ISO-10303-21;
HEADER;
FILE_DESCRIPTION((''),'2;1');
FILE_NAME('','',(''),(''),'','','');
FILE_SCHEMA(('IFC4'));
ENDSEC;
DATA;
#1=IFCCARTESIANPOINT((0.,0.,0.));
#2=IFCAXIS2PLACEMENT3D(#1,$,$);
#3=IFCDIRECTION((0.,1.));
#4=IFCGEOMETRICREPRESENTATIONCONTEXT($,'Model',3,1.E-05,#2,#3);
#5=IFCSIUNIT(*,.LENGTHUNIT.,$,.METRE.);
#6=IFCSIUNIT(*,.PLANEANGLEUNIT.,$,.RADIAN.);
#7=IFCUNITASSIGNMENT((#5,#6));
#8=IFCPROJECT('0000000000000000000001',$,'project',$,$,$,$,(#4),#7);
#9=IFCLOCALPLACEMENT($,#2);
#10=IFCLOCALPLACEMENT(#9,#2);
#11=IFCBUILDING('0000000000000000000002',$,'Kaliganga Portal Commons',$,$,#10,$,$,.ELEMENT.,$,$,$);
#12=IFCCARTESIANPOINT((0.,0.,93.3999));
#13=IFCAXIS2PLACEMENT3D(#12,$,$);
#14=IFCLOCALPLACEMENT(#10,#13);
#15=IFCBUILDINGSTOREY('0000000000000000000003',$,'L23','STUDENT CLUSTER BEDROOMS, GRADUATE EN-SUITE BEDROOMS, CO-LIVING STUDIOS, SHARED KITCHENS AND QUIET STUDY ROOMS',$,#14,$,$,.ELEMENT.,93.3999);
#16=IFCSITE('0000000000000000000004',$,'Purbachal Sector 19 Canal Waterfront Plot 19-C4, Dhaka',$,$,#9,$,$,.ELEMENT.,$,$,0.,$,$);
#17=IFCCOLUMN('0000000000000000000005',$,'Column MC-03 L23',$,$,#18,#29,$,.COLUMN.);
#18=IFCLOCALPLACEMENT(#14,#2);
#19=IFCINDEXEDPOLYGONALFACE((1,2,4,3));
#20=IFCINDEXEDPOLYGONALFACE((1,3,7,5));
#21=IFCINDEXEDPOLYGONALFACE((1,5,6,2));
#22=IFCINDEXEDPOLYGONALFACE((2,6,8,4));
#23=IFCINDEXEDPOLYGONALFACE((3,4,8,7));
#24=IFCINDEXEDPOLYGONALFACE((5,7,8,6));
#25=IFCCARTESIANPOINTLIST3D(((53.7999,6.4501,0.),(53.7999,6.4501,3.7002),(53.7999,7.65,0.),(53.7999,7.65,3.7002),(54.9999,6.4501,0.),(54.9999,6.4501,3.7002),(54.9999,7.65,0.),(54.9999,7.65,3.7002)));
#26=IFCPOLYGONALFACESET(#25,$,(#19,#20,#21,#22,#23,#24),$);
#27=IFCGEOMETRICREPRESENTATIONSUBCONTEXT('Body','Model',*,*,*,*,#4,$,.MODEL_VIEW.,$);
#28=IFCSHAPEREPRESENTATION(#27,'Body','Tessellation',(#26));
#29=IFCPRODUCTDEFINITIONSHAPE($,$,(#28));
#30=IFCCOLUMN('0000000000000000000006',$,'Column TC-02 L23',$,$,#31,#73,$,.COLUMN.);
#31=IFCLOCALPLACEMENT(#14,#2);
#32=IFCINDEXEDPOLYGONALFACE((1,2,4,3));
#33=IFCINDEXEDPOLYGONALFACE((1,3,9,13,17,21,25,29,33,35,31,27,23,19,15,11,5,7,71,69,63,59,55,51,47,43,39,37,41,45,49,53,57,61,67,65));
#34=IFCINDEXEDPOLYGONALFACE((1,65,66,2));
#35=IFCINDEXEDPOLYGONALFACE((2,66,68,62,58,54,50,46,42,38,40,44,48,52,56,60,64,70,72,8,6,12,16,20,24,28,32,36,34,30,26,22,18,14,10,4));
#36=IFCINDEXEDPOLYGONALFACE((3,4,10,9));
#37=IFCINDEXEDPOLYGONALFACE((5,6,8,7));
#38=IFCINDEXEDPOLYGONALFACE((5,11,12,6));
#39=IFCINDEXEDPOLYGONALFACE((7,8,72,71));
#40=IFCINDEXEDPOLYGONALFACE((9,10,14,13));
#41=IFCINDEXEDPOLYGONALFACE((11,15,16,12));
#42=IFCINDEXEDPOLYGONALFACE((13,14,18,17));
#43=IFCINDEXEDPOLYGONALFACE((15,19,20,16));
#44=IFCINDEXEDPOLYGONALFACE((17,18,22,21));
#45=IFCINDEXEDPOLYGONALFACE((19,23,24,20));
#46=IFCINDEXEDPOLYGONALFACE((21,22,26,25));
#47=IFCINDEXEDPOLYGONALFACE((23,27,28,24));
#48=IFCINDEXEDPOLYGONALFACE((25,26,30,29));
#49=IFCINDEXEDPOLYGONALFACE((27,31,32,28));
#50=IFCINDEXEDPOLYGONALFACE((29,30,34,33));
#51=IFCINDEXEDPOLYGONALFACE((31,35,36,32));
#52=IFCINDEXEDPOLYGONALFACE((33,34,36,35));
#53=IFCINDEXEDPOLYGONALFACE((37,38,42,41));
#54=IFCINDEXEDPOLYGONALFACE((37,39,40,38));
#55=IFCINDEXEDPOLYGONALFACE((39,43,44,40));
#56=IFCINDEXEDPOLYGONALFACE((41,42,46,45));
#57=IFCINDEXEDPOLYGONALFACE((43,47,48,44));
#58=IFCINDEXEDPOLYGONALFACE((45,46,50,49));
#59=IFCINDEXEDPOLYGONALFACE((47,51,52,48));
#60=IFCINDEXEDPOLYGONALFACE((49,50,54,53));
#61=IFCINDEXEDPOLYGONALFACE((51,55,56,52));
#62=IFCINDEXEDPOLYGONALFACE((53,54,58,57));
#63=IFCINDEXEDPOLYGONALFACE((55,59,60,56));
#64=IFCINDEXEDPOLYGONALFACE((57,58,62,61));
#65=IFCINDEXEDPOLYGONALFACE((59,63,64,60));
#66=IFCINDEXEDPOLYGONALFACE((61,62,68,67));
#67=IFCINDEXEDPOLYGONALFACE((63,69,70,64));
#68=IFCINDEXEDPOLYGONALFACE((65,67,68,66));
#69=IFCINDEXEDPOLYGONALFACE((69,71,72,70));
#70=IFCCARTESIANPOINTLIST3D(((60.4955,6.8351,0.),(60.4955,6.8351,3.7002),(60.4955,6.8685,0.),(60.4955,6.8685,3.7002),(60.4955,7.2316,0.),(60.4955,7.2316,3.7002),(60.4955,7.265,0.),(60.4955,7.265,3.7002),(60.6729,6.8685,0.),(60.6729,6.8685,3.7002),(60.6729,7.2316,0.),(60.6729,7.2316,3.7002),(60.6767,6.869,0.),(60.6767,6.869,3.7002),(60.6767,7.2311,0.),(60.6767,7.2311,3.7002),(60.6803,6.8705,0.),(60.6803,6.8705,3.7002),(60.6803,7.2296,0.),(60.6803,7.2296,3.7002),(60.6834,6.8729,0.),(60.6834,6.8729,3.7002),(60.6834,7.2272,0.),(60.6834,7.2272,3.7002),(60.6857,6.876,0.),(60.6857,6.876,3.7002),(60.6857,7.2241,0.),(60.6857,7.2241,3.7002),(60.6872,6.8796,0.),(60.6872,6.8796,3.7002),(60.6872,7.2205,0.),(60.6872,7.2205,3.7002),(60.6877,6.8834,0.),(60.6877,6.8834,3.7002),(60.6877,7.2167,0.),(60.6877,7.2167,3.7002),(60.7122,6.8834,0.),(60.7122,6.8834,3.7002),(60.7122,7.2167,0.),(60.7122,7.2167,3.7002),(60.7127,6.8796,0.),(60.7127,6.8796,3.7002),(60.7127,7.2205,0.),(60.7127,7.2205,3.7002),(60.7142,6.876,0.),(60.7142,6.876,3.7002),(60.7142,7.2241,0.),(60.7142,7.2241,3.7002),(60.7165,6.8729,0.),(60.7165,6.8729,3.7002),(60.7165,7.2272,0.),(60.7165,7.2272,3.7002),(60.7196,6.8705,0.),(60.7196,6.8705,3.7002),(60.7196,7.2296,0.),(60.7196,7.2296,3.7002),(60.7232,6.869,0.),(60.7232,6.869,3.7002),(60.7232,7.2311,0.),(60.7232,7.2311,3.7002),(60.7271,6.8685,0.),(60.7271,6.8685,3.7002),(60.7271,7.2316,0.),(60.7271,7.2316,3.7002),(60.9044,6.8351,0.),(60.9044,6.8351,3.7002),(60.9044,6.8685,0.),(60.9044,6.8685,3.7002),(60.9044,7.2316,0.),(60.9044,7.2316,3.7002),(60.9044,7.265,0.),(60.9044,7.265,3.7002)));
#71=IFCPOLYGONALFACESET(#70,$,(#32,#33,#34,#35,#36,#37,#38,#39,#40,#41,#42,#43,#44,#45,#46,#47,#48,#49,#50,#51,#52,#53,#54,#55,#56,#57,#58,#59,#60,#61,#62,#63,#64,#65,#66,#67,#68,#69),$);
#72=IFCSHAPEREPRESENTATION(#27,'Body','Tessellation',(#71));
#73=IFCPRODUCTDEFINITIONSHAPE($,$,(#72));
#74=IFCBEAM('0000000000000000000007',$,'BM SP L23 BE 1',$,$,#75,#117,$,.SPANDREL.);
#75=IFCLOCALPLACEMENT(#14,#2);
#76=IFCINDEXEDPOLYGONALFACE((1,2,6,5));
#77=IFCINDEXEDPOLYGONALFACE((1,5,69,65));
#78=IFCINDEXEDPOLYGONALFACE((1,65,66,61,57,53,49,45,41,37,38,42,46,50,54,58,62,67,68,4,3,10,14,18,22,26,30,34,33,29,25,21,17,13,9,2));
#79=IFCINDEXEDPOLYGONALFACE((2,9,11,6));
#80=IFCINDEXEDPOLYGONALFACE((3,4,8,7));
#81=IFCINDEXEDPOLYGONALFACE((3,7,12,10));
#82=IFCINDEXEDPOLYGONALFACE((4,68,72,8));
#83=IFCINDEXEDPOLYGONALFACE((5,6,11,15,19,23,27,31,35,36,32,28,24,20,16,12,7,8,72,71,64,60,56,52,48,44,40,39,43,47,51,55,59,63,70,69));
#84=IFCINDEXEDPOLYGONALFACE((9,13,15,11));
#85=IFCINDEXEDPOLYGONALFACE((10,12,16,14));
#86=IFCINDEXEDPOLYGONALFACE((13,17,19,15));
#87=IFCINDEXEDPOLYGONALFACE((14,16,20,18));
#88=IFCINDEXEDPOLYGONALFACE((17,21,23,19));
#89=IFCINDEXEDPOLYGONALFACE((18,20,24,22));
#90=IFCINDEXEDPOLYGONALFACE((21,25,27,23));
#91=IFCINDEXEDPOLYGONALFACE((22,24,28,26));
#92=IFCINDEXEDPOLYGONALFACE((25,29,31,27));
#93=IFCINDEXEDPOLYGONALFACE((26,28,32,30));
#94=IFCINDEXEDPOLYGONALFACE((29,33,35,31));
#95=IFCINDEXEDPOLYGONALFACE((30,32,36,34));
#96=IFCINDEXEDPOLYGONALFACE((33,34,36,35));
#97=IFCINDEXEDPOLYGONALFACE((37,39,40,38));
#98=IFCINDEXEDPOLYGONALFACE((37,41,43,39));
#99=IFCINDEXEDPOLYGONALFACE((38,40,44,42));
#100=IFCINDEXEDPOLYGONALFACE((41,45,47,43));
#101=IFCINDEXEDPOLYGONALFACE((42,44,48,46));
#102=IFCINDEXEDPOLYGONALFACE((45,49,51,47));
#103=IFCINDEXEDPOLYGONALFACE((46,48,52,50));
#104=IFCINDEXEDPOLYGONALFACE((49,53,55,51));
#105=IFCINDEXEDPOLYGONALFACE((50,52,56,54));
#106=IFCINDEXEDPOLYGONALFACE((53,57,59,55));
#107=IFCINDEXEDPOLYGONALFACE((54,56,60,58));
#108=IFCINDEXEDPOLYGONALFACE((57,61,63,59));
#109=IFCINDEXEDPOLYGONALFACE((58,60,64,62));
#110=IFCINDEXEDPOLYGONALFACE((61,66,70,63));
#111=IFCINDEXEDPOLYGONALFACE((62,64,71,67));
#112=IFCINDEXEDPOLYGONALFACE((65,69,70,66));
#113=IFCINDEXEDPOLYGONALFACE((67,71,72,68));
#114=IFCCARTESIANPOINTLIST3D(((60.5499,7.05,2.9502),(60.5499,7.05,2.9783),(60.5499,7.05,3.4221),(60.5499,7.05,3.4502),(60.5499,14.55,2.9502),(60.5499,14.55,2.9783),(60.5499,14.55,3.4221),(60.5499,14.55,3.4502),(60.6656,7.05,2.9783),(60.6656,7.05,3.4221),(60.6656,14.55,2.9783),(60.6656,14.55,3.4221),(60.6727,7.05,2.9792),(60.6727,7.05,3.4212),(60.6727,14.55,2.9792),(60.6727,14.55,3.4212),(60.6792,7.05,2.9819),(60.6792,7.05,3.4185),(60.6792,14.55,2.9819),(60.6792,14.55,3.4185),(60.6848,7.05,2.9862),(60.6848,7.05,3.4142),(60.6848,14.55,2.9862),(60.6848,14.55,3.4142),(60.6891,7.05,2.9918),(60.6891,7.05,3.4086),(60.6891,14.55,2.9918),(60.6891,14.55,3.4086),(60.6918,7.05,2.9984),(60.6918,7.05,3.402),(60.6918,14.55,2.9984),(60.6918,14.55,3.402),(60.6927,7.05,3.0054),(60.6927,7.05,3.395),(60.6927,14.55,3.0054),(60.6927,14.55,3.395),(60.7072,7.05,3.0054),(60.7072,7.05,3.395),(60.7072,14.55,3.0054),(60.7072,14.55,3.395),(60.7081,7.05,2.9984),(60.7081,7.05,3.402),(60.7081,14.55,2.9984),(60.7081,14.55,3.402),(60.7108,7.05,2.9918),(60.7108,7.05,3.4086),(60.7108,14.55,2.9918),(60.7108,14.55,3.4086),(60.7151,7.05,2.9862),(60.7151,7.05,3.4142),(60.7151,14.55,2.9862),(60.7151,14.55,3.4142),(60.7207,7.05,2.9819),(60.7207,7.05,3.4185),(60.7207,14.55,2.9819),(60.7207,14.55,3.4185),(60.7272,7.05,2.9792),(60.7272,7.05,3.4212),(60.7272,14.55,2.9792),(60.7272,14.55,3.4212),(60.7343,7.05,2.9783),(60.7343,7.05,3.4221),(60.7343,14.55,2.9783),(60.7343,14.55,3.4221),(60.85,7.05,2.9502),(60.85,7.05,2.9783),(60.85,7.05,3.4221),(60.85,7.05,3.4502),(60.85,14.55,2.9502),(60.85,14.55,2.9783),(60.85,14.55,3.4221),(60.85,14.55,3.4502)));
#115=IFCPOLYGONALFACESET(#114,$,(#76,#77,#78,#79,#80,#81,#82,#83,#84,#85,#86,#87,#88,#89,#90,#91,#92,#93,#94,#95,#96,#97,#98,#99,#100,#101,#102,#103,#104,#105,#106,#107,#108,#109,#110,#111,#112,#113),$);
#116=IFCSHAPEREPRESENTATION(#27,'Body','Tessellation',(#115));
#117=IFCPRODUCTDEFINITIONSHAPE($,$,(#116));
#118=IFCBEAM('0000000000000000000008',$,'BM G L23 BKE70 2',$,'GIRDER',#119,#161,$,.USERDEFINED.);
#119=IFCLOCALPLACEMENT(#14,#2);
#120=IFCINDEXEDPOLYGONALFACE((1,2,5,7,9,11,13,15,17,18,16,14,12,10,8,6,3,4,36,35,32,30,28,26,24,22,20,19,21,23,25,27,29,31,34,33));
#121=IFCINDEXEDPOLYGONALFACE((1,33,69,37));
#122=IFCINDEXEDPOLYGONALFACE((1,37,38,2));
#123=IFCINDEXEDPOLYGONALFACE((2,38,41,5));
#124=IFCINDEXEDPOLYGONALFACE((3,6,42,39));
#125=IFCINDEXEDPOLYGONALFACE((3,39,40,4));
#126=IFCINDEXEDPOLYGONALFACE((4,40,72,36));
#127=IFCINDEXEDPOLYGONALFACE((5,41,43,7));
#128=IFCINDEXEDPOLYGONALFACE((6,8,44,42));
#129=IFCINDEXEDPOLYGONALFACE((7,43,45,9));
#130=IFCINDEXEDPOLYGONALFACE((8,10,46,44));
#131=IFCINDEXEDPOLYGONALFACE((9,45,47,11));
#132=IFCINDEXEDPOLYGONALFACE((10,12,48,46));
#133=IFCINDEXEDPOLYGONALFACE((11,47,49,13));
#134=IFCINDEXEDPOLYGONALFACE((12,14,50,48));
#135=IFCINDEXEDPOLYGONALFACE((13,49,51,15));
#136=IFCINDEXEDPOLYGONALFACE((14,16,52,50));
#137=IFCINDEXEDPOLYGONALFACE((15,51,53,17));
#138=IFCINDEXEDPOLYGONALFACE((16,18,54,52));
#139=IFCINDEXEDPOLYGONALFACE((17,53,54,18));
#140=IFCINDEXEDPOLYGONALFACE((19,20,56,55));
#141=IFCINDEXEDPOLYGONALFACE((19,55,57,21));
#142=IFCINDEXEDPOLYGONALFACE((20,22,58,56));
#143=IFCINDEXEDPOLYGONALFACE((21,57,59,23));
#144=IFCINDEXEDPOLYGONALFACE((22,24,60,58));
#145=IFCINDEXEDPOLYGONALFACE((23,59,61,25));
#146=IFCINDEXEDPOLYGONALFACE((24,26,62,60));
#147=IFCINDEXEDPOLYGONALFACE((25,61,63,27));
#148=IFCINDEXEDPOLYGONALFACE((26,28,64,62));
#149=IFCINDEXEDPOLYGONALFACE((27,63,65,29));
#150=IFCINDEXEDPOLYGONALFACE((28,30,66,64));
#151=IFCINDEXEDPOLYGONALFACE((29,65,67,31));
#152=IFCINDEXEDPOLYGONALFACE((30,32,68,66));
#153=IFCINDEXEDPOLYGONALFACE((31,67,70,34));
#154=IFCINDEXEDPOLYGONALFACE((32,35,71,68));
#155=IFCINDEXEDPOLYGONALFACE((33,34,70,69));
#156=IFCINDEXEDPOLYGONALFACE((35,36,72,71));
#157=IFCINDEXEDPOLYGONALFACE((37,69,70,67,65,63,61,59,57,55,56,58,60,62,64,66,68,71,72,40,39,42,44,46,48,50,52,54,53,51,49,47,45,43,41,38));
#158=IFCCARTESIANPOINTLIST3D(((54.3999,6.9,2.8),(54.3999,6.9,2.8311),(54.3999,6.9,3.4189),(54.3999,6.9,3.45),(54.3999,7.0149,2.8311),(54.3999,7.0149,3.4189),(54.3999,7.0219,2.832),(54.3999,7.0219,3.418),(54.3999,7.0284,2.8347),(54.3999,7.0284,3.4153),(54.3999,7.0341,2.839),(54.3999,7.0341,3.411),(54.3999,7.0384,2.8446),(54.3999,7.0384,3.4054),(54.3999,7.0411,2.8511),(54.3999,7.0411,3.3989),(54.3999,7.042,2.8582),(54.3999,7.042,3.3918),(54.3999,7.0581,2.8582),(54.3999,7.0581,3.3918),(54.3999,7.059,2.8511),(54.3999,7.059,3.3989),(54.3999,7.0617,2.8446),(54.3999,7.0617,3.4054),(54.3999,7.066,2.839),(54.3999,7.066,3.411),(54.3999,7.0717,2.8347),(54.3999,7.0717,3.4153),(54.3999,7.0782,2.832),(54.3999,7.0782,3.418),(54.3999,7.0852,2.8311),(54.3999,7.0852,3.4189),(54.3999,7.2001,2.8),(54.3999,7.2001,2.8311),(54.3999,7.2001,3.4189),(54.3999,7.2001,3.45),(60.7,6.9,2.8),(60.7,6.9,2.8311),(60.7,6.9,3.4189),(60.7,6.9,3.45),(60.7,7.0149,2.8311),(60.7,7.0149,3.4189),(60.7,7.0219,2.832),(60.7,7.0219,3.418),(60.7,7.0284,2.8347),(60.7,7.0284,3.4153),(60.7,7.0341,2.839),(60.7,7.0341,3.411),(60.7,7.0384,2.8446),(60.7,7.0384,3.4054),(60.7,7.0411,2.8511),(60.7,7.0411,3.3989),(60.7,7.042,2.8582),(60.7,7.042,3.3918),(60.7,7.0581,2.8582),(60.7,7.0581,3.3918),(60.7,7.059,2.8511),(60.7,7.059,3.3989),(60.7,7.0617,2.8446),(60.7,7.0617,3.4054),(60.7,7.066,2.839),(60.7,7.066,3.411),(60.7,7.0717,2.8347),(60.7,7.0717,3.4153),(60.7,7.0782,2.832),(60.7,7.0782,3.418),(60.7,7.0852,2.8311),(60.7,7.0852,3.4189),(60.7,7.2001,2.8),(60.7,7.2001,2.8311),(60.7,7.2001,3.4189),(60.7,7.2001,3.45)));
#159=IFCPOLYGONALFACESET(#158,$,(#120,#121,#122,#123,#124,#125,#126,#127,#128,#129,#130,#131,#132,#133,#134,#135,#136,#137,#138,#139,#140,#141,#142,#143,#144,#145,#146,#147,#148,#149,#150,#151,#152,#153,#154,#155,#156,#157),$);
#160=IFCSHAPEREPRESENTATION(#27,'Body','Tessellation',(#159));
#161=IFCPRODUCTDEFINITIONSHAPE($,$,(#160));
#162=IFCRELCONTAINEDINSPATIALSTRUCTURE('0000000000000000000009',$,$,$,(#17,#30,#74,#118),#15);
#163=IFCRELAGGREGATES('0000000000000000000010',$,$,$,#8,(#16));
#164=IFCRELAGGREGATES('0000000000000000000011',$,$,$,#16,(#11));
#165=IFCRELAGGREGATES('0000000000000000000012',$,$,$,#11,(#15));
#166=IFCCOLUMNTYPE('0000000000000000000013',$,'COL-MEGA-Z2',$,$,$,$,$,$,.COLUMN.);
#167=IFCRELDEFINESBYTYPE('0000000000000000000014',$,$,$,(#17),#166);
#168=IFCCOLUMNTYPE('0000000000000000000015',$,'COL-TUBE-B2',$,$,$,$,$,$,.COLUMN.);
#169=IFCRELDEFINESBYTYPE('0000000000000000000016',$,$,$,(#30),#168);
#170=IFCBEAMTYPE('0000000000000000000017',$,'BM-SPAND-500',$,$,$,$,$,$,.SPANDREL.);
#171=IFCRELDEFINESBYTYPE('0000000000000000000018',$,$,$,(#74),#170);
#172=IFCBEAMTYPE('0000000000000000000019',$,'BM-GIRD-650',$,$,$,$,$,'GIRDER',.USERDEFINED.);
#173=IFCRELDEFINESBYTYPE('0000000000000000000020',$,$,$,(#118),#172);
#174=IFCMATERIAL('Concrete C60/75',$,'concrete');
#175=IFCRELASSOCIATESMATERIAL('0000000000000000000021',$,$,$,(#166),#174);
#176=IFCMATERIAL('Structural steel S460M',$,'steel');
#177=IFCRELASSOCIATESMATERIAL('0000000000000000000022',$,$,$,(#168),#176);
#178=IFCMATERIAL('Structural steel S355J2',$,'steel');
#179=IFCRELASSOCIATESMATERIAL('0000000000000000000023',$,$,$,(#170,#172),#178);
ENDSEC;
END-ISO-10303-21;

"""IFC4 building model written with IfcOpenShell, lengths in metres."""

from ifc_helpers import new_model, si_unit, direction, frame, origin, origin_2d, place, context, subcontext, project, spatial, rectangle, i_section, extrude, source, transform, mapped, material, material_profile, profile_set, type_object, element, save


model = new_model("IFC4")

# Units and contexts
model_context = context("Model", 3, precision=1e-05, world=origin(), true_north=direction((0.0, 1.0)))
body_context = subcontext(model_context, "Body", "Model", "MODEL_VIEW")
ifc_project = project(units=[si_unit("LENGTHUNIT", "METRE"), si_unit("PLANEANGLEUNIT", "RADIAN")], contexts=[model_context])

# Site, building, storey
site_placement = place(None, origin())
site = spatial("IfcSite", under=ifc_project, at=site_placement, Name="Purbachal Sector 19 Canal Waterfront Plot 19-C4, Dhaka", CompositionType="ELEMENT", RefElevation=0.0)
building_placement = place(site_placement, origin())
building = spatial("IfcBuilding", under=site, at=building_placement, Name="Kaliganga Portal Commons", CompositionType="ELEMENT")
storey_placement = place(building_placement, frame((0.0, 0.0, 93.3999)))
storey = spatial("IfcBuildingStorey", under=building, at=storey_placement, Name="L23", Description="STUDENT CLUSTER BEDROOMS, GRADUATE EN-SUITE BEDROOMS, CO-LIVING STUDIOS, SHARED KITCHENS AND QUIET STUDY ROOMS", CompositionType="ELEMENT", Elevation=93.3999)

# Columns
ifc_material_1 = material(Name="Concrete C60/75", Category="concrete")
ifc_material_profile_1 = material_profile(ifc_material_1, rectangle(XDim=1.2, YDim=1.2, at=origin_2d()), Name="RC 1200x1200")
ifc_profile_set_1 = profile_set([ifc_material_profile_1], Name="Concrete C60/75")
column_type_1 = type_object("IfcColumnType", Name="COL-MEGA-Z2", PredefinedType="COLUMN", material=ifc_profile_set_1)
shared_shape_1 = source(origin(), body_context, "Body", "SweptSolid", [
    extrude(rectangle(XDim=1.2, YDim=1.2, at=origin_2d()), origin(), (0.0, 0.0, 1.0), 3.7002),
])
column_1_placement = place(storey_placement, frame((54.3999, 7.05, 0.0), z_axis=(0.0, 0.0, 1.0), x_axis=(1.0, 0.0, 0.0)))
element("IfcColumn", 1, at=column_1_placement, inside=storey, type_object=column_type_1, Name="Column MC-03 L23", PredefinedType="COLUMN", context=body_context, shape_type="MappedRepresentation", body=[
    mapped(shared_shape_1, transform((0.0, 0.0, 0.0), x_axis=(1.0, 0.0, 0.0), y_axis=(0.0, 1.0, 0.0), z_axis=(0.0, 0.0, 1.0), scale=1.0)),
])
ifc_material_2 = material(Name="Structural steel S460M", Category="steel")
ifc_material_profile_2 = material_profile(ifc_material_2, i_section(OverallWidth=0.4089, OverallDepth=0.4299, WebThickness=0.0244, FlangeThickness=0.0334, FilletRadius=0.0149, at=origin_2d()), Name="HD 400x421")
ifc_profile_set_2 = profile_set([ifc_material_profile_2], Name="Structural steel S460M wide-flange")
column_type_2 = type_object("IfcColumnType", Name="COL-TUBE-B2", PredefinedType="COLUMN", material=ifc_profile_set_2)
shared_shape_2 = source(origin(), body_context, "Body", "SweptSolid", [
    extrude(i_section(OverallWidth=0.4089, OverallDepth=0.4299, WebThickness=0.0244, FlangeThickness=0.0334, FilletRadius=0.0149, at=origin_2d()), origin(), (0.0, 0.0, 1.0), 3.7002),
])
column_2_placement = place(storey_placement, frame((60.7, 7.05, 0.0), z_axis=(0.0, 0.0, 1.0), x_axis=(1.0, 0.0, 0.0)))
element("IfcColumn", 2, at=column_2_placement, inside=storey, type_object=column_type_2, Name="Column TC-02 L23", PredefinedType="COLUMN", context=body_context, shape_type="MappedRepresentation", body=[
    mapped(shared_shape_2, transform((0.0, 0.0, 0.0), x_axis=(1.0, 0.0, 0.0), y_axis=(0.0, 1.0, 0.0), z_axis=(0.0, 0.0, 1.0), scale=1.0)),
])

# Beams
ifc_material_3 = material(Name="Structural steel S355J2", Category="steel")
ifc_material_profile_3 = material_profile(ifc_material_3, i_section(OverallWidth=0.3, OverallDepth=0.5, WebThickness=0.0144, FlangeThickness=0.0281, FilletRadius=0.0271, at=origin_2d()), Name="HE 500 B")
ifc_profile_set_3 = profile_set([ifc_material_profile_3], Name="Structural steel S355J2 wide-flange")
beam_type_1 = type_object("IfcBeamType", Name="BM-SPAND-500", PredefinedType="SPANDREL", material=ifc_profile_set_3)
shared_shape_3 = source(origin(), body_context, "Body", "SweptSolid", [
    extrude(i_section(OverallWidth=0.3, OverallDepth=0.5, WebThickness=0.0144, FlangeThickness=0.0281, FilletRadius=0.0271, at=origin_2d()), origin(), (0.0, 0.0, 1.0), 7.5),
])
beam_1_placement = place(storey_placement, frame((60.7, 7.05, 3.2002), z_axis=(0.0, 1.0, 0.0), x_axis=(-1.0, 0.0, 0.0)))
element("IfcBeam", 3, at=beam_1_placement, inside=storey, type_object=beam_type_1, Name="BM SP L23 BE 1", PredefinedType="SPANDREL", context=body_context, shape_type="MappedRepresentation", body=[
    mapped(shared_shape_3, transform((0.0, 0.0, 0.0), x_axis=(1.0, 0.0, 0.0), y_axis=(0.0, 1.0, 0.0), z_axis=(0.0, 0.0, 1.0), scale=1.0)),
])
ifc_material_profile_4 = material_profile(ifc_material_3, i_section(OverallWidth=0.3, OverallDepth=0.6499, WebThickness=0.0161, FlangeThickness=0.031, FilletRadius=0.0271, at=origin_2d()), Name="HE 650 B")
ifc_profile_set_4 = profile_set([ifc_material_profile_4], Name="Structural steel S355J2 wide-flange")
beam_type_2 = type_object("IfcBeamType", Name="BM-GIRD-650", ElementType="GIRDER", PredefinedType="USERDEFINED", material=ifc_profile_set_4)
shared_shape_4 = source(origin(), body_context, "Body", "SweptSolid", [
    extrude(i_section(OverallWidth=0.3, OverallDepth=0.6499, WebThickness=0.0161, FlangeThickness=0.031, FilletRadius=0.0271, at=origin_2d()), origin(), (0.0, 0.0, 1.0), 6.3),
])
beam_2_placement = place(storey_placement, frame((54.3999, 7.05, 3.125), z_axis=(1.0, 0.0, 0.0), x_axis=(0.0, 1.0, 0.0)))
element("IfcBeam", 4, at=beam_2_placement, inside=storey, type_object=beam_type_2, Name="BM G L23 BKE70 2", ObjectType="GIRDER", PredefinedType="USERDEFINED", context=body_context, shape_type="MappedRepresentation", body=[
    mapped(shared_shape_4, transform((0.0, 0.0, 0.0), x_axis=(1.0, 0.0, 0.0), y_axis=(0.0, 1.0, 0.0), z_axis=(0.0, 0.0, 1.0), scale=1.0)),
])

save(model, "model.ifc")
